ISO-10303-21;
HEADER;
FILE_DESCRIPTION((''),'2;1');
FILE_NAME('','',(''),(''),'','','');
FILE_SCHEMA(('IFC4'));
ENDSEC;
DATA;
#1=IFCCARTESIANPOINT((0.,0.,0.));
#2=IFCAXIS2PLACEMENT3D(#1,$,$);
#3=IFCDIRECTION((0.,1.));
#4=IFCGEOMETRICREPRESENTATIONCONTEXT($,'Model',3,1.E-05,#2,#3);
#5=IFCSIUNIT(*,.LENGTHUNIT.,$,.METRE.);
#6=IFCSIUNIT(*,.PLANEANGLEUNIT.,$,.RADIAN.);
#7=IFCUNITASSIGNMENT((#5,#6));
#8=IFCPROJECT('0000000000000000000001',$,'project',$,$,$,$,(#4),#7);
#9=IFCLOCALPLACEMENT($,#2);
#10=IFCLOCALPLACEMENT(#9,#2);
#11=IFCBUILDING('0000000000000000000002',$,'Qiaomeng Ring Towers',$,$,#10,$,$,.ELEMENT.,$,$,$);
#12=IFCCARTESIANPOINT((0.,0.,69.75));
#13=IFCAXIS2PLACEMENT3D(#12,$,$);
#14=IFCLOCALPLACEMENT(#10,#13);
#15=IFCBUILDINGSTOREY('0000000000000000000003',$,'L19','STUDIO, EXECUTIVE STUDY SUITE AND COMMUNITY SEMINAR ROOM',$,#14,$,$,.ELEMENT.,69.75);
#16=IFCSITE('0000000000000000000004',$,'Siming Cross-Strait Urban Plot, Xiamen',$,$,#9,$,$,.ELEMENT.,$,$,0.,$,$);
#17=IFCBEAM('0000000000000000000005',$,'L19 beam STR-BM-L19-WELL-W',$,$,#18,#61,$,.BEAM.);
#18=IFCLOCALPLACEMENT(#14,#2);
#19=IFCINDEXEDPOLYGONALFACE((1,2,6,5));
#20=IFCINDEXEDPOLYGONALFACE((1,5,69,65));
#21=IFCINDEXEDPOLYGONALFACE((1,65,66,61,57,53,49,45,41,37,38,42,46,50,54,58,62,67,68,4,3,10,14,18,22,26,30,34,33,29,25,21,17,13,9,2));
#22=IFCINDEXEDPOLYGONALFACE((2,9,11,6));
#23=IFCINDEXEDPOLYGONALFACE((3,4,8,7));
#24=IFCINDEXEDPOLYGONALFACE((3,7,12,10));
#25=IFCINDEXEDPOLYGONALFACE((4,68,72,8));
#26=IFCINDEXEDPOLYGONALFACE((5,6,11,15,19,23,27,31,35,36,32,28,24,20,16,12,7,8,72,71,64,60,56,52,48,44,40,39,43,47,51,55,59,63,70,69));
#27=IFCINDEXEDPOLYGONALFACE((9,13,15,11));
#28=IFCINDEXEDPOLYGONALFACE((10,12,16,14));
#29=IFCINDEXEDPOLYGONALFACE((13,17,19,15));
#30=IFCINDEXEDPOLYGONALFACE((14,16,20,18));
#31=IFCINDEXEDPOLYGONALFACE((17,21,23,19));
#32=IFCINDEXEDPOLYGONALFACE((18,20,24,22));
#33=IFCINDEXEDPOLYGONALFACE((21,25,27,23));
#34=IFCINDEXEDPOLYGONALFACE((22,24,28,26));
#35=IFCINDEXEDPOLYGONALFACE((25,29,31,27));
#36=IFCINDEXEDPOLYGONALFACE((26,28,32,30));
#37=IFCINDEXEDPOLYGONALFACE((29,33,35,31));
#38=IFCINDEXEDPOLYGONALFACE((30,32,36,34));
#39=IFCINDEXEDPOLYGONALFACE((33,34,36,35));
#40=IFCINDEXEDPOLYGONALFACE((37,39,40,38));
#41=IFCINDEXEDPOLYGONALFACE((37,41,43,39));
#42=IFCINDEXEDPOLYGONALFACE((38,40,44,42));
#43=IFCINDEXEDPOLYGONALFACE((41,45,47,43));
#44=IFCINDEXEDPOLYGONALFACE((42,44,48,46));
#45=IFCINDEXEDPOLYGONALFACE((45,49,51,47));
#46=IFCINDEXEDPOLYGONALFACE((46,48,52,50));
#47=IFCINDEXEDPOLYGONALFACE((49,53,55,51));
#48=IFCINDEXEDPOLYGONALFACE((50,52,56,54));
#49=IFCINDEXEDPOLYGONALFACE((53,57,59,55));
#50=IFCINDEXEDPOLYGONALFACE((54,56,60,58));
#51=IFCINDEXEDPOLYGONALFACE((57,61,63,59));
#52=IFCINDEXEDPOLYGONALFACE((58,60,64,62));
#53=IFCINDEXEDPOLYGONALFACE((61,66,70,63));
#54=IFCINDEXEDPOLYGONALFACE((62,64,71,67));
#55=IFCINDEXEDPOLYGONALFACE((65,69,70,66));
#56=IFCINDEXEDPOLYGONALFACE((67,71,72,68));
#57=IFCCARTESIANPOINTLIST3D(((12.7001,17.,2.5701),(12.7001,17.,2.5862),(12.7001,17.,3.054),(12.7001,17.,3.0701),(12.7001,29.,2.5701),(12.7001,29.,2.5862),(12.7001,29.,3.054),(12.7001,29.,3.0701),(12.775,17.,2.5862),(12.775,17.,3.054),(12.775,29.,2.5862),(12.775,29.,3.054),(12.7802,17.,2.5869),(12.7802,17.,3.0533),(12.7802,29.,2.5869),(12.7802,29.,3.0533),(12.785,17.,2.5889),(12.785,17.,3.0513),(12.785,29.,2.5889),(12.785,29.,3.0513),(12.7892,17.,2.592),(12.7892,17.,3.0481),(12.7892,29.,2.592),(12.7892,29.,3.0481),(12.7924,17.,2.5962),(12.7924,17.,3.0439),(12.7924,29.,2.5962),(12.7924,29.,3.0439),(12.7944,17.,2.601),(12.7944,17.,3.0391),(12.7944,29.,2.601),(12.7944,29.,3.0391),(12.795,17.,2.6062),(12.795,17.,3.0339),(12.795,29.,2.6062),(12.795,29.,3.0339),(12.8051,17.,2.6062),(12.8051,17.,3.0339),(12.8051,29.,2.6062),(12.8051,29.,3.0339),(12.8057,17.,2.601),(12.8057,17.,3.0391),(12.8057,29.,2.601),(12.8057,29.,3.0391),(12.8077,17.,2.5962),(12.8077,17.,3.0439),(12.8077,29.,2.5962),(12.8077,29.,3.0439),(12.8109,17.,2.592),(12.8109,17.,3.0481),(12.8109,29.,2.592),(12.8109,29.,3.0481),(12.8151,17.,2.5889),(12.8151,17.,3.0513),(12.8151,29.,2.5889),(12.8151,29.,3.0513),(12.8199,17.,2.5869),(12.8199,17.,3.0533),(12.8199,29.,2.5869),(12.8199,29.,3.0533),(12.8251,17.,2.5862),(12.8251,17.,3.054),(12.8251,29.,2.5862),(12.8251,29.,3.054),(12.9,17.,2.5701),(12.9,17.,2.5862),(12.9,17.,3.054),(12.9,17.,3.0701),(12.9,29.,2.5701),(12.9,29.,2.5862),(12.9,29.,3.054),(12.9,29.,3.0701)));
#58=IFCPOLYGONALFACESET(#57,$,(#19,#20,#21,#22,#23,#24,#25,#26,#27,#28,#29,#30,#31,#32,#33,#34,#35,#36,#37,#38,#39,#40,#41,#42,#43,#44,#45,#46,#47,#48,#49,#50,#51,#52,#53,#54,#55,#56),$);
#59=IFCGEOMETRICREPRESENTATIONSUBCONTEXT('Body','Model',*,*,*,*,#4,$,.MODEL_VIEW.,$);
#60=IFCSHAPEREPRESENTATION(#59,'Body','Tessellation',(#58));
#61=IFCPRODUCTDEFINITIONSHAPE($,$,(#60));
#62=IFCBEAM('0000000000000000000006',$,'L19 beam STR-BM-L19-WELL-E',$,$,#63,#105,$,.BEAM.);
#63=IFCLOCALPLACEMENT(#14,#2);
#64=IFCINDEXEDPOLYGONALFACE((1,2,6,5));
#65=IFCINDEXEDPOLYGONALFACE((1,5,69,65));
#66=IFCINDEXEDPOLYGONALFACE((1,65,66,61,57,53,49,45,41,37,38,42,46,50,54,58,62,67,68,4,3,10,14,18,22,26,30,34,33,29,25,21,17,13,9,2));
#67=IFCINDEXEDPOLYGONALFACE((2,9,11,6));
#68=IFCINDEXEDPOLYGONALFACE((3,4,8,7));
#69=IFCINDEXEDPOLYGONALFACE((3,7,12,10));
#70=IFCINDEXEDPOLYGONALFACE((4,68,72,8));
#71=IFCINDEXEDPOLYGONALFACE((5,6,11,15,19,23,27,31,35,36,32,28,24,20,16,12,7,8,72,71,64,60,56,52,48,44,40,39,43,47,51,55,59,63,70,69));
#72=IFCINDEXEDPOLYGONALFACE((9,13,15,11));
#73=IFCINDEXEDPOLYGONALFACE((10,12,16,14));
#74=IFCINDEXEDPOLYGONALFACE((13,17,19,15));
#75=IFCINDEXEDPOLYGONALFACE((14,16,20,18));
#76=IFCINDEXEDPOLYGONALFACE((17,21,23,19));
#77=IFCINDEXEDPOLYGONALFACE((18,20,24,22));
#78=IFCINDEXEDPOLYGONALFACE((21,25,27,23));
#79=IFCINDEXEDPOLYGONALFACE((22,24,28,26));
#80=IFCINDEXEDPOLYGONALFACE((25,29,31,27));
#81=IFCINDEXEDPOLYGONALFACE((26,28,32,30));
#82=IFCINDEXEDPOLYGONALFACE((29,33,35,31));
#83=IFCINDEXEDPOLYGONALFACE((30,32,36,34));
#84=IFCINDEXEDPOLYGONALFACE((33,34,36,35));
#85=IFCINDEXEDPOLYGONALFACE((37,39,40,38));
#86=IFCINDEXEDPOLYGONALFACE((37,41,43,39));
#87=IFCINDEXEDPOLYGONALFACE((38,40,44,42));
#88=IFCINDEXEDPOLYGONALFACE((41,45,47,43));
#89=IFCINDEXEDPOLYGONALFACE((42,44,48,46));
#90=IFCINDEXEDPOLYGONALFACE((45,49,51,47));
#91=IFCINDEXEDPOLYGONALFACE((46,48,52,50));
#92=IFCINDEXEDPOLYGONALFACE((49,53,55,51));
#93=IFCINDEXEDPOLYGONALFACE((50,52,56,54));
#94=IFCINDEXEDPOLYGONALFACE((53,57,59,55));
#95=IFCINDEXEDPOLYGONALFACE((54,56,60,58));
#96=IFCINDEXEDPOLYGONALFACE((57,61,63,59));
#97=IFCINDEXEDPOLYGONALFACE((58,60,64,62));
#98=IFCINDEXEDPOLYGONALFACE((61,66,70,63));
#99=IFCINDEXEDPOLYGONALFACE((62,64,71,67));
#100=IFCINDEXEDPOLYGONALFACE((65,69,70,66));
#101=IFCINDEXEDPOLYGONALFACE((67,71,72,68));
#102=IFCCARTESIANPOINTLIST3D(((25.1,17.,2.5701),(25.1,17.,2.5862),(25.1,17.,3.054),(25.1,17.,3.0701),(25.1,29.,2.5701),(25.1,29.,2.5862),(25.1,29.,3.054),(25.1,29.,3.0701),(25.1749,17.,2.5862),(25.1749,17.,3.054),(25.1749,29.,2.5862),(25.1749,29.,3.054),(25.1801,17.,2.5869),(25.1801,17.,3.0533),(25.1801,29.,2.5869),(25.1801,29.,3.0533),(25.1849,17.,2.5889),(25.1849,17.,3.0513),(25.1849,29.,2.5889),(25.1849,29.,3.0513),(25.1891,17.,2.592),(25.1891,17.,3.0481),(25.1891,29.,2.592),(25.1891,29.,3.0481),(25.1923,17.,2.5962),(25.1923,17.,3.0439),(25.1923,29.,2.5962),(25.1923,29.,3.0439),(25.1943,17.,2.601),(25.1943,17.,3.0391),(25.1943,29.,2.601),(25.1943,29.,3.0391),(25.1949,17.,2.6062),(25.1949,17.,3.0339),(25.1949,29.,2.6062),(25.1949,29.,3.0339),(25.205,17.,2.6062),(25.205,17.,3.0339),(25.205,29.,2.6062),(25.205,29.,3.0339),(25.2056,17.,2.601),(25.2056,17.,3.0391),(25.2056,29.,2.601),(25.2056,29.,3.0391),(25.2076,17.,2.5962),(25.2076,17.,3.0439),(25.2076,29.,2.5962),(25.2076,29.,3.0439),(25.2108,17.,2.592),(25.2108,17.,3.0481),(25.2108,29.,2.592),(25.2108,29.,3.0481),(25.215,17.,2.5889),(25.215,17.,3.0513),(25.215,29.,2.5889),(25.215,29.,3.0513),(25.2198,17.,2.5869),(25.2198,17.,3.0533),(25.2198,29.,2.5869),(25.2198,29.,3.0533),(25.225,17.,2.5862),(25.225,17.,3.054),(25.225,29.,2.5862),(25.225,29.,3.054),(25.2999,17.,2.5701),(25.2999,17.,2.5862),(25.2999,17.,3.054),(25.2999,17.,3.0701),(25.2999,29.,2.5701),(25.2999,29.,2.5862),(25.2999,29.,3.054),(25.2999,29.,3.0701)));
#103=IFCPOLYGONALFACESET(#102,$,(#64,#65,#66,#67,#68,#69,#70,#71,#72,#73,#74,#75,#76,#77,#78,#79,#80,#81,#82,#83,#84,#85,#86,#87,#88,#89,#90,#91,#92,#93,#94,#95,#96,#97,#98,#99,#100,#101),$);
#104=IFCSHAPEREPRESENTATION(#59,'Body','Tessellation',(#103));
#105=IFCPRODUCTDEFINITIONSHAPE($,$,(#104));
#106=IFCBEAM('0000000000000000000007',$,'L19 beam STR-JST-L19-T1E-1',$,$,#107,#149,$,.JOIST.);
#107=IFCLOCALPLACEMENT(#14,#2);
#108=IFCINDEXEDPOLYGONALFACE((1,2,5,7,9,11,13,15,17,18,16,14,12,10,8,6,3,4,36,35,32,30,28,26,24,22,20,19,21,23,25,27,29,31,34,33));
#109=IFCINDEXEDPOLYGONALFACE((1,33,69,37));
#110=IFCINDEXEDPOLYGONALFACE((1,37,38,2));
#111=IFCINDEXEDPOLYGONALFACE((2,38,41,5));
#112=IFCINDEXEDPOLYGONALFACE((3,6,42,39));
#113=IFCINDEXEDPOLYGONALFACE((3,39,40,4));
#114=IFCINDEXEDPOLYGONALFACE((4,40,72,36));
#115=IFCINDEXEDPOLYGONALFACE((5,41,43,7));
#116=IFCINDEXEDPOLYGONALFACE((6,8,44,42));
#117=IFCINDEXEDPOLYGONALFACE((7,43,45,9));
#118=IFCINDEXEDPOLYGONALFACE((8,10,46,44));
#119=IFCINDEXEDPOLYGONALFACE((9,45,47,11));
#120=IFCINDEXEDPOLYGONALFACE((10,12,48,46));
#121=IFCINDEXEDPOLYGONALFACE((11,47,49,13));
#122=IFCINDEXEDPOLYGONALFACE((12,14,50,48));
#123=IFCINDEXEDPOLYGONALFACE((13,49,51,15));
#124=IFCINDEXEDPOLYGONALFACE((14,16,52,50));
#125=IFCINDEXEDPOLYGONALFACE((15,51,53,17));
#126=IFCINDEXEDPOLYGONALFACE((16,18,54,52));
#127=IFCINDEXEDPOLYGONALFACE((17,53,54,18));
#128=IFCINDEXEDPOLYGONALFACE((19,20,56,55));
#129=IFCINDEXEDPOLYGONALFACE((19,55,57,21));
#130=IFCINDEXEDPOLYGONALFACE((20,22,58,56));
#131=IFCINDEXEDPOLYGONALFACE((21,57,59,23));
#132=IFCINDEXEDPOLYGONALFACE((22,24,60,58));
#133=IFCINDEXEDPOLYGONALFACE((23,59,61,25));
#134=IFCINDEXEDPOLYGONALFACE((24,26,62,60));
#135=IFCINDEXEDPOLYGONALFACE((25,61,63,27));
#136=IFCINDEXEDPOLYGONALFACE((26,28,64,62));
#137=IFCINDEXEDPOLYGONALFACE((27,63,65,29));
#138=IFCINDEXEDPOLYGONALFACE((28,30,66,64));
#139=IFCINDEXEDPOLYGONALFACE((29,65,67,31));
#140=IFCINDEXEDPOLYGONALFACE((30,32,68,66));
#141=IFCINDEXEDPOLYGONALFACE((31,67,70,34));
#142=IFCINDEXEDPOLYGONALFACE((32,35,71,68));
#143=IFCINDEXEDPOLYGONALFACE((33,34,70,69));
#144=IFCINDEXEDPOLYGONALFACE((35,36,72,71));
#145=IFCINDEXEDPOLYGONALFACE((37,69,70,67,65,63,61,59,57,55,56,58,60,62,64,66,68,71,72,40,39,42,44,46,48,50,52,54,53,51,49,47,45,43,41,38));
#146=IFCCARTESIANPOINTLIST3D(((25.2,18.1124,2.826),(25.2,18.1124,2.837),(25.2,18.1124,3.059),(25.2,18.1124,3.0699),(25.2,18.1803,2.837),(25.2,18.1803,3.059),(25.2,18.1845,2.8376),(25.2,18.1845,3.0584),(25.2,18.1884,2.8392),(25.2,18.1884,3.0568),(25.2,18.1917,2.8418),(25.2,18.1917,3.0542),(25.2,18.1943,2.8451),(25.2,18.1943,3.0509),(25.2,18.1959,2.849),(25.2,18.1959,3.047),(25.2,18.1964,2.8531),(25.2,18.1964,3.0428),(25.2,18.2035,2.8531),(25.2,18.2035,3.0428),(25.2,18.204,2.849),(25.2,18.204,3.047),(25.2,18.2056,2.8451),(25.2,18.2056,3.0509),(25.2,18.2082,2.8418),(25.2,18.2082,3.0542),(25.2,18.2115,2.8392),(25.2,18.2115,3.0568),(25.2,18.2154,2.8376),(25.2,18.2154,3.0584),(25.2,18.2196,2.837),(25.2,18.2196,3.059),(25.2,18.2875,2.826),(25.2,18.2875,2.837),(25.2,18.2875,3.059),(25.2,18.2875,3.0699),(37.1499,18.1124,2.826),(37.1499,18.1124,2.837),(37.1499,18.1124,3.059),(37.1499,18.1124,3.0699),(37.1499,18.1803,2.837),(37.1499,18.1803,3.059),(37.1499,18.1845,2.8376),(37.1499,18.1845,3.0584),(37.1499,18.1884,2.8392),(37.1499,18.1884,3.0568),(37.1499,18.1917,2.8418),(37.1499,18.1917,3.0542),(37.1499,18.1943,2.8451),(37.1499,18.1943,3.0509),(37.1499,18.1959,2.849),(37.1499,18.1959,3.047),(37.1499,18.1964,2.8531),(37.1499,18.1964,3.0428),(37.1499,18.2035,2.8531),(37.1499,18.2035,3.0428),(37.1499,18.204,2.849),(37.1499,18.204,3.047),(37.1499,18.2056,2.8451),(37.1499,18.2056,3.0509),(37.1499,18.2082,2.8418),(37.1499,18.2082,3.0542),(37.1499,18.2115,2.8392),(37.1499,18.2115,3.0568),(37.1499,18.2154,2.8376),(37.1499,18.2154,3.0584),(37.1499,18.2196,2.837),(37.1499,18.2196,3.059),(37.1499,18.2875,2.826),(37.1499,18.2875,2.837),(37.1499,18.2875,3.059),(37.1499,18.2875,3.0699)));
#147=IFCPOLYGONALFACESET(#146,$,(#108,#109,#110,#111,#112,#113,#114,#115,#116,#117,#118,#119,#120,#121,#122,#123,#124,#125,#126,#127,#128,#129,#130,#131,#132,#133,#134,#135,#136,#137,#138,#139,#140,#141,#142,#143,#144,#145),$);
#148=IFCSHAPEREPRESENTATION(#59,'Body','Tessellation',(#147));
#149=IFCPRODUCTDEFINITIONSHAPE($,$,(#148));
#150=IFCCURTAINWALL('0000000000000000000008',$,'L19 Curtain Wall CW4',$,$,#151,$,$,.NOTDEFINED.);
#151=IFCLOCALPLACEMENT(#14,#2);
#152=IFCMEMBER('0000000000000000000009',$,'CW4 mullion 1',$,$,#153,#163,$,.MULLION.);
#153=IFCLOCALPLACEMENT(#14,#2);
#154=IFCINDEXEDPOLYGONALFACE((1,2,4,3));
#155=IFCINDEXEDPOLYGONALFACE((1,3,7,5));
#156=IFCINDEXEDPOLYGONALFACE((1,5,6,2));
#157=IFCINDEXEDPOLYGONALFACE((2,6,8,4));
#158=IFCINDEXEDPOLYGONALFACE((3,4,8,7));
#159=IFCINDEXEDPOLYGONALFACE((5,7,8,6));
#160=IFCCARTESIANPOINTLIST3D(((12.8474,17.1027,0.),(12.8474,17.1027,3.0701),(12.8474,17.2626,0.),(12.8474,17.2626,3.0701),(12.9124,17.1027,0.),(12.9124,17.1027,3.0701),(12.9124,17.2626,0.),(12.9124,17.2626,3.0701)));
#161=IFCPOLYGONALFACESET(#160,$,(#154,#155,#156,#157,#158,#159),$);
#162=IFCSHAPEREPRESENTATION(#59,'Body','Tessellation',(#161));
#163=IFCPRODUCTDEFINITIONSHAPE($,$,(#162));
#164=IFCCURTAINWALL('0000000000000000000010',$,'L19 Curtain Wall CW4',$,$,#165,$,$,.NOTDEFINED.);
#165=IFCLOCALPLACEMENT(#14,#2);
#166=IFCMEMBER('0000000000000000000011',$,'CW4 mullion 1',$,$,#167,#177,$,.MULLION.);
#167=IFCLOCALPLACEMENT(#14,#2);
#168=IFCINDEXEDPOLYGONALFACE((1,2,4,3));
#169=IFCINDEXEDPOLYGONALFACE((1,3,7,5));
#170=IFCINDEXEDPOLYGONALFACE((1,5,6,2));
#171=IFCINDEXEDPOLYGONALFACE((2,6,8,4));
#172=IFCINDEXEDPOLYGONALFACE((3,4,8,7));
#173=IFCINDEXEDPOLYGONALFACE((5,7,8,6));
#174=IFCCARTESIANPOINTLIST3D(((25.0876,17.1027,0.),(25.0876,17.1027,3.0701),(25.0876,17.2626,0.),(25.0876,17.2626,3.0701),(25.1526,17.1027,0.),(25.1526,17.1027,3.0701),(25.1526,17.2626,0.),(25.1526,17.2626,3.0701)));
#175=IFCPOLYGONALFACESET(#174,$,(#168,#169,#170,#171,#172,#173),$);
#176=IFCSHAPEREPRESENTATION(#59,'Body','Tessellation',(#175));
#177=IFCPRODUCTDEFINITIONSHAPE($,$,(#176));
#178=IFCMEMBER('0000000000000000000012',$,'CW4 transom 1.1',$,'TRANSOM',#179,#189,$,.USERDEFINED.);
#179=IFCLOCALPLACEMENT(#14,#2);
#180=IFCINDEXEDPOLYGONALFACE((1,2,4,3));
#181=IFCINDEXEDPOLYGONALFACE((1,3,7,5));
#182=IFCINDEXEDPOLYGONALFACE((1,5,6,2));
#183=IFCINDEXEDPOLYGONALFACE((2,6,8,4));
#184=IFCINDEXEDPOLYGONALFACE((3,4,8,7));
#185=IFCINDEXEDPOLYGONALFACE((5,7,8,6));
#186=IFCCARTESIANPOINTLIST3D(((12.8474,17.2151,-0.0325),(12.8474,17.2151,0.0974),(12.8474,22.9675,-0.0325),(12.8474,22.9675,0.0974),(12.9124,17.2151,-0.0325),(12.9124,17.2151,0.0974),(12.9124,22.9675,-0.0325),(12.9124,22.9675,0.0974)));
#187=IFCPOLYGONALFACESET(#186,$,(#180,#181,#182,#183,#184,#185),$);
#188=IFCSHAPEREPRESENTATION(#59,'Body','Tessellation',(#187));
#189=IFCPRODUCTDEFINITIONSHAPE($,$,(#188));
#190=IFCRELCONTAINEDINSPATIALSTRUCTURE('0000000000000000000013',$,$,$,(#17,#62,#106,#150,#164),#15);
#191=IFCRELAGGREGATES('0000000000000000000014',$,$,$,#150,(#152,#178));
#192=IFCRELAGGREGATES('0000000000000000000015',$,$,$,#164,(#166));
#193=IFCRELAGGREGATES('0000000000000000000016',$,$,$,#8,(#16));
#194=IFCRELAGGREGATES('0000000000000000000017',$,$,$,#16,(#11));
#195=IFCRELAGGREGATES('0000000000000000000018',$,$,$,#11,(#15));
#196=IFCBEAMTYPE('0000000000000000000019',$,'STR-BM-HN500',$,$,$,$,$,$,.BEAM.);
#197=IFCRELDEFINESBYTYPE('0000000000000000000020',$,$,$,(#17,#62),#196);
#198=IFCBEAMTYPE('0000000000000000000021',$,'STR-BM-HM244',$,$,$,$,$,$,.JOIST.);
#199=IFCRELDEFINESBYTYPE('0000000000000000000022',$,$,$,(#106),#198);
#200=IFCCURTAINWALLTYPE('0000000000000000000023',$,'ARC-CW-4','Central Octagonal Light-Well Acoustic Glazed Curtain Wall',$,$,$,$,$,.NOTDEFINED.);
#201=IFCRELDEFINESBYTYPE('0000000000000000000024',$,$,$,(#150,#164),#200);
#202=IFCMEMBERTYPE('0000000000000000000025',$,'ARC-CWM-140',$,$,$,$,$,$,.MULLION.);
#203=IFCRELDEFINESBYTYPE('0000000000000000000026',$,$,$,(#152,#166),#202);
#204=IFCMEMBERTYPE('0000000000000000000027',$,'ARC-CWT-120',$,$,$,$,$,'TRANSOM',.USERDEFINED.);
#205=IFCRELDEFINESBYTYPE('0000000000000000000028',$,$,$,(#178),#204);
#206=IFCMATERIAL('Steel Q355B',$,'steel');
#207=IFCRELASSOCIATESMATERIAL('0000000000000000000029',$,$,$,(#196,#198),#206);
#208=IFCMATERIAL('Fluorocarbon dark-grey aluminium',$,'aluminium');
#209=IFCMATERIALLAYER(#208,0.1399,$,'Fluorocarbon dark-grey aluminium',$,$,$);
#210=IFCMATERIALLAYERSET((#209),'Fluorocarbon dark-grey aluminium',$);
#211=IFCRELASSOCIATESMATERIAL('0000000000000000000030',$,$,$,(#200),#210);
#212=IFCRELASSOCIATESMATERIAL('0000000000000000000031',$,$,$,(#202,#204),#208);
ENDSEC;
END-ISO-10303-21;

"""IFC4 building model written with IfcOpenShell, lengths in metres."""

from ifc_helpers import new_model, si_unit, direction, frame, origin, origin_2d, place, context, subcontext, project, spatial, rectangle, i_section, extrude, source, transform, mapped, material, layer, layer_set, material_profile, profile_set, type_object, element, aggregate, save


model = new_model("IFC4")

# Units and contexts
model_context = context("Model", 3, precision=1e-05, world=origin(), true_north=direction((0.0, 1.0)))
body_context = subcontext(model_context, "Body", "Model", "MODEL_VIEW")
ifc_project = project(units=[si_unit("LENGTHUNIT", "METRE"), si_unit("PLANEANGLEUNIT", "RADIAN")], contexts=[model_context])

# Site, building, storey
site_placement = place(None, origin())
site = spatial("IfcSite", under=ifc_project, at=site_placement, Name="Siming Cross-Strait Urban Plot, Xiamen", CompositionType="ELEMENT", RefElevation=0.0)
building_placement = place(site_placement, origin())
building = spatial("IfcBuilding", under=site, at=building_placement, Name="Qiaomeng Ring Towers", CompositionType="ELEMENT")
storey_placement = place(building_placement, frame((0.0, 0.0, 69.75)))
storey = spatial("IfcBuildingStorey", under=building, at=storey_placement, Name="L19", Description="STUDIO, EXECUTIVE STUDY SUITE AND COMMUNITY SEMINAR ROOM", CompositionType="ELEMENT", Elevation=69.75)

# Beams
ifc_material_1 = material(Name="Steel Q355B", Category="steel")
ifc_material_profile_1 = material_profile(ifc_material_1, i_section(OverallWidth=0.2, OverallDepth=0.5, WebThickness=0.01, FlangeThickness=0.0161, FilletRadius=0.02, at=origin_2d()), Name="HN 500x200x10x16")
ifc_profile_set_1 = profile_set([ifc_material_profile_1], Name="Steel Q355B")
beam_type_1 = type_object("IfcBeamType", Name="STR-BM-HN500", PredefinedType="BEAM", material=ifc_profile_set_1)
shared_shape_1 = source(origin(), body_context, "Body", "SweptSolid", [
    extrude(i_section(OverallWidth=0.2, OverallDepth=0.5, WebThickness=0.01, FlangeThickness=0.0161, FilletRadius=0.02, at=origin_2d()), origin(), (0.0, 0.0, 1.0), 12.0),
])
for number, where, z_axis, x_axis, name in (
    (1, (12.8, 17.0, 2.8201), (0.0, 1.0, 0.0), (-1.0, 0.0, 0.0), "L19 beam STR-BM-L19-WELL-W"),
    (2, (25.2, 17.0, 2.8201), (0.0, 1.0, 0.0), (-1.0, 0.0, 0.0), "L19 beam STR-BM-L19-WELL-E"),
):
    element("IfcBeam", number, at=place(storey_placement, frame(where, z_axis=z_axis, x_axis=x_axis)), inside=storey, type_object=beam_type_1, Name=name, PredefinedType="BEAM", context=body_context, shape_type="MappedRepresentation", body=[
        mapped(shared_shape_1, transform((0.0, 0.0, 0.0), x_axis=(1.0, 0.0, 0.0), y_axis=(0.0, 1.0, 0.0), z_axis=(0.0, 0.0, 1.0), scale=1.0)),
    ])
ifc_material_profile_2 = material_profile(ifc_material_1, i_section(OverallWidth=0.175, OverallDepth=0.2439, WebThickness=0.0071, FlangeThickness=0.011, FilletRadius=0.0161, at=origin_2d()), Name="HM 244x175x7x11")
ifc_profile_set_2 = profile_set([ifc_material_profile_2], Name="Steel Q355B")
beam_type_2 = type_object("IfcBeamType", Name="STR-BM-HM244", PredefinedType="JOIST", material=ifc_profile_set_2)
shared_shape_2 = source(origin(), body_context, "Body", "SweptSolid", [
    extrude(i_section(OverallWidth=0.175, OverallDepth=0.2439, WebThickness=0.0071, FlangeThickness=0.011, FilletRadius=0.0161, at=origin_2d()), origin(), (0.0, 0.0, 1.0), 11.95),
])
beam_placement = place(storey_placement, frame((25.2, 18.2, 2.948), z_axis=(1.0, 0.0, 0.0), x_axis=(0.0, 1.0, 0.0)))
element("IfcBeam", 3, at=beam_placement, inside=storey, type_object=beam_type_2, Name="L19 beam STR-JST-L19-T1E-1", PredefinedType="JOIST", context=body_context, shape_type="MappedRepresentation", body=[
    mapped(shared_shape_2, transform((0.0, 0.0, 0.0), x_axis=(1.0, 0.0, 0.0), y_axis=(0.0, 1.0, 0.0), z_axis=(0.0, 0.0, 1.0), scale=1.0)),
])

# Curtain walls, members
ifc_material_2 = material(Name="Fluorocarbon dark-grey aluminium", Category="aluminium")
ifc_layer_1 = layer(ifc_material_2, 0.1399, Name="Fluorocarbon dark-grey aluminium")
ifc_layer_set_1 = layer_set([ifc_layer_1], Name="Fluorocarbon dark-grey aluminium")
curtain_wall_type = type_object("IfcCurtainWallType", Name="ARC-CW-4", Description="Central Octagonal Light-Well Acoustic Glazed Curtain Wall", PredefinedType="NOTDEFINED", material=ifc_layer_set_1)
curtain_wall_1_placement = place(storey_placement, origin())
curtain_wall_1 = element("IfcCurtainWall", 4, at=curtain_wall_1_placement, inside=storey, type_object=curtain_wall_type, Name="L19 Curtain Wall CW4", PredefinedType="NOTDEFINED")
ifc_material_profile_3 = material_profile(ifc_material_2, rectangle(XDim=0.0649, YDim=0.1599, at=origin_2d()), Name="ALU MULL 65x160")
ifc_profile_set_3 = profile_set([ifc_material_profile_3], Name="Fluorocarbon dark-grey aluminium")
member_type_1 = type_object("IfcMemberType", Name="ARC-CWM-140", PredefinedType="MULLION", material=ifc_profile_set_3)
shared_shape_3 = source(origin(), body_context, "Body", "SweptSolid", [
    extrude(rectangle(XDim=0.0649, YDim=0.1599, at=origin_2d()), origin(), (0.0, 0.0, 1.0), 3.0701),
])
member_1_placement = place(storey_placement, frame((12.8799, 17.1826, 0.0), z_axis=(0.0, 0.0, 1.0), x_axis=(-1.0, 0.0, 0.0)))
member_1 = element("IfcMember", 5, at=member_1_placement, type_object=member_type_1, Name="CW4 mullion 1", PredefinedType="MULLION", context=body_context, shape_type="MappedRepresentation", body=[
    mapped(shared_shape_3, transform((0.0, 0.0, 0.0), x_axis=(1.0, 0.0, 0.0), y_axis=(0.0, 1.0, 0.0), z_axis=(0.0, 0.0, 1.0), scale=1.0)),
])
curtain_wall_2_placement = place(storey_placement, origin())
curtain_wall_2 = element("IfcCurtainWall", 6, at=curtain_wall_2_placement, inside=storey, type_object=curtain_wall_type, Name="L19 Curtain Wall CW4", PredefinedType="NOTDEFINED")
member_2_placement = place(storey_placement, frame((25.1201, 17.1826, 0.0), z_axis=(0.0, 0.0, 1.0), x_axis=(-1.0, 0.0, 0.0)))
member_2 = element("IfcMember", 7, at=member_2_placement, type_object=member_type_1, Name="CW4 mullion 1", PredefinedType="MULLION", context=body_context, shape_type="MappedRepresentation", body=[
    mapped(shared_shape_3, transform((0.0, 0.0, 0.0), x_axis=(1.0, 0.0, 0.0), y_axis=(0.0, 1.0, 0.0), z_axis=(0.0, 0.0, 1.0), scale=1.0)),
])

# Member
ifc_material_profile_4 = material_profile(ifc_material_2, rectangle(XDim=0.0649, YDim=0.1299, at=origin_2d()), Name="ALU TRAN 65x130")
ifc_profile_set_4 = profile_set([ifc_material_profile_4], Name="Fluorocarbon dark-grey aluminium")
member_type_2 = type_object("IfcMemberType", Name="ARC-CWT-120", ElementType="TRANSOM", PredefinedType="USERDEFINED", material=ifc_profile_set_4)
shared_shape_4 = source(origin(), body_context, "Body", "SweptSolid", [
    extrude(rectangle(XDim=0.0649, YDim=0.1299, at=origin_2d()), origin(), (0.0, 0.0, 1.0), 5.7524),
])
member_3_placement = place(storey_placement, frame((12.8799, 17.2151, 0.0325), z_axis=(0.0, 1.0, 0.0), x_axis=(-1.0, 0.0, 0.0)))
member_3 = element("IfcMember", 8, at=member_3_placement, type_object=member_type_2, Name="CW4 transom 1.1", ObjectType="TRANSOM", PredefinedType="USERDEFINED", context=body_context, shape_type="MappedRepresentation", body=[
    mapped(shared_shape_4, transform((0.0, 0.0, 0.0), x_axis=(1.0, 0.0, 0.0), y_axis=(0.0, 1.0, 0.0), z_axis=(0.0, 0.0, 1.0), scale=1.0)),
])
aggregate(curtain_wall_1, [member_1, member_3])
aggregate(curtain_wall_2, [member_2])

save(model, "model.ifc")
